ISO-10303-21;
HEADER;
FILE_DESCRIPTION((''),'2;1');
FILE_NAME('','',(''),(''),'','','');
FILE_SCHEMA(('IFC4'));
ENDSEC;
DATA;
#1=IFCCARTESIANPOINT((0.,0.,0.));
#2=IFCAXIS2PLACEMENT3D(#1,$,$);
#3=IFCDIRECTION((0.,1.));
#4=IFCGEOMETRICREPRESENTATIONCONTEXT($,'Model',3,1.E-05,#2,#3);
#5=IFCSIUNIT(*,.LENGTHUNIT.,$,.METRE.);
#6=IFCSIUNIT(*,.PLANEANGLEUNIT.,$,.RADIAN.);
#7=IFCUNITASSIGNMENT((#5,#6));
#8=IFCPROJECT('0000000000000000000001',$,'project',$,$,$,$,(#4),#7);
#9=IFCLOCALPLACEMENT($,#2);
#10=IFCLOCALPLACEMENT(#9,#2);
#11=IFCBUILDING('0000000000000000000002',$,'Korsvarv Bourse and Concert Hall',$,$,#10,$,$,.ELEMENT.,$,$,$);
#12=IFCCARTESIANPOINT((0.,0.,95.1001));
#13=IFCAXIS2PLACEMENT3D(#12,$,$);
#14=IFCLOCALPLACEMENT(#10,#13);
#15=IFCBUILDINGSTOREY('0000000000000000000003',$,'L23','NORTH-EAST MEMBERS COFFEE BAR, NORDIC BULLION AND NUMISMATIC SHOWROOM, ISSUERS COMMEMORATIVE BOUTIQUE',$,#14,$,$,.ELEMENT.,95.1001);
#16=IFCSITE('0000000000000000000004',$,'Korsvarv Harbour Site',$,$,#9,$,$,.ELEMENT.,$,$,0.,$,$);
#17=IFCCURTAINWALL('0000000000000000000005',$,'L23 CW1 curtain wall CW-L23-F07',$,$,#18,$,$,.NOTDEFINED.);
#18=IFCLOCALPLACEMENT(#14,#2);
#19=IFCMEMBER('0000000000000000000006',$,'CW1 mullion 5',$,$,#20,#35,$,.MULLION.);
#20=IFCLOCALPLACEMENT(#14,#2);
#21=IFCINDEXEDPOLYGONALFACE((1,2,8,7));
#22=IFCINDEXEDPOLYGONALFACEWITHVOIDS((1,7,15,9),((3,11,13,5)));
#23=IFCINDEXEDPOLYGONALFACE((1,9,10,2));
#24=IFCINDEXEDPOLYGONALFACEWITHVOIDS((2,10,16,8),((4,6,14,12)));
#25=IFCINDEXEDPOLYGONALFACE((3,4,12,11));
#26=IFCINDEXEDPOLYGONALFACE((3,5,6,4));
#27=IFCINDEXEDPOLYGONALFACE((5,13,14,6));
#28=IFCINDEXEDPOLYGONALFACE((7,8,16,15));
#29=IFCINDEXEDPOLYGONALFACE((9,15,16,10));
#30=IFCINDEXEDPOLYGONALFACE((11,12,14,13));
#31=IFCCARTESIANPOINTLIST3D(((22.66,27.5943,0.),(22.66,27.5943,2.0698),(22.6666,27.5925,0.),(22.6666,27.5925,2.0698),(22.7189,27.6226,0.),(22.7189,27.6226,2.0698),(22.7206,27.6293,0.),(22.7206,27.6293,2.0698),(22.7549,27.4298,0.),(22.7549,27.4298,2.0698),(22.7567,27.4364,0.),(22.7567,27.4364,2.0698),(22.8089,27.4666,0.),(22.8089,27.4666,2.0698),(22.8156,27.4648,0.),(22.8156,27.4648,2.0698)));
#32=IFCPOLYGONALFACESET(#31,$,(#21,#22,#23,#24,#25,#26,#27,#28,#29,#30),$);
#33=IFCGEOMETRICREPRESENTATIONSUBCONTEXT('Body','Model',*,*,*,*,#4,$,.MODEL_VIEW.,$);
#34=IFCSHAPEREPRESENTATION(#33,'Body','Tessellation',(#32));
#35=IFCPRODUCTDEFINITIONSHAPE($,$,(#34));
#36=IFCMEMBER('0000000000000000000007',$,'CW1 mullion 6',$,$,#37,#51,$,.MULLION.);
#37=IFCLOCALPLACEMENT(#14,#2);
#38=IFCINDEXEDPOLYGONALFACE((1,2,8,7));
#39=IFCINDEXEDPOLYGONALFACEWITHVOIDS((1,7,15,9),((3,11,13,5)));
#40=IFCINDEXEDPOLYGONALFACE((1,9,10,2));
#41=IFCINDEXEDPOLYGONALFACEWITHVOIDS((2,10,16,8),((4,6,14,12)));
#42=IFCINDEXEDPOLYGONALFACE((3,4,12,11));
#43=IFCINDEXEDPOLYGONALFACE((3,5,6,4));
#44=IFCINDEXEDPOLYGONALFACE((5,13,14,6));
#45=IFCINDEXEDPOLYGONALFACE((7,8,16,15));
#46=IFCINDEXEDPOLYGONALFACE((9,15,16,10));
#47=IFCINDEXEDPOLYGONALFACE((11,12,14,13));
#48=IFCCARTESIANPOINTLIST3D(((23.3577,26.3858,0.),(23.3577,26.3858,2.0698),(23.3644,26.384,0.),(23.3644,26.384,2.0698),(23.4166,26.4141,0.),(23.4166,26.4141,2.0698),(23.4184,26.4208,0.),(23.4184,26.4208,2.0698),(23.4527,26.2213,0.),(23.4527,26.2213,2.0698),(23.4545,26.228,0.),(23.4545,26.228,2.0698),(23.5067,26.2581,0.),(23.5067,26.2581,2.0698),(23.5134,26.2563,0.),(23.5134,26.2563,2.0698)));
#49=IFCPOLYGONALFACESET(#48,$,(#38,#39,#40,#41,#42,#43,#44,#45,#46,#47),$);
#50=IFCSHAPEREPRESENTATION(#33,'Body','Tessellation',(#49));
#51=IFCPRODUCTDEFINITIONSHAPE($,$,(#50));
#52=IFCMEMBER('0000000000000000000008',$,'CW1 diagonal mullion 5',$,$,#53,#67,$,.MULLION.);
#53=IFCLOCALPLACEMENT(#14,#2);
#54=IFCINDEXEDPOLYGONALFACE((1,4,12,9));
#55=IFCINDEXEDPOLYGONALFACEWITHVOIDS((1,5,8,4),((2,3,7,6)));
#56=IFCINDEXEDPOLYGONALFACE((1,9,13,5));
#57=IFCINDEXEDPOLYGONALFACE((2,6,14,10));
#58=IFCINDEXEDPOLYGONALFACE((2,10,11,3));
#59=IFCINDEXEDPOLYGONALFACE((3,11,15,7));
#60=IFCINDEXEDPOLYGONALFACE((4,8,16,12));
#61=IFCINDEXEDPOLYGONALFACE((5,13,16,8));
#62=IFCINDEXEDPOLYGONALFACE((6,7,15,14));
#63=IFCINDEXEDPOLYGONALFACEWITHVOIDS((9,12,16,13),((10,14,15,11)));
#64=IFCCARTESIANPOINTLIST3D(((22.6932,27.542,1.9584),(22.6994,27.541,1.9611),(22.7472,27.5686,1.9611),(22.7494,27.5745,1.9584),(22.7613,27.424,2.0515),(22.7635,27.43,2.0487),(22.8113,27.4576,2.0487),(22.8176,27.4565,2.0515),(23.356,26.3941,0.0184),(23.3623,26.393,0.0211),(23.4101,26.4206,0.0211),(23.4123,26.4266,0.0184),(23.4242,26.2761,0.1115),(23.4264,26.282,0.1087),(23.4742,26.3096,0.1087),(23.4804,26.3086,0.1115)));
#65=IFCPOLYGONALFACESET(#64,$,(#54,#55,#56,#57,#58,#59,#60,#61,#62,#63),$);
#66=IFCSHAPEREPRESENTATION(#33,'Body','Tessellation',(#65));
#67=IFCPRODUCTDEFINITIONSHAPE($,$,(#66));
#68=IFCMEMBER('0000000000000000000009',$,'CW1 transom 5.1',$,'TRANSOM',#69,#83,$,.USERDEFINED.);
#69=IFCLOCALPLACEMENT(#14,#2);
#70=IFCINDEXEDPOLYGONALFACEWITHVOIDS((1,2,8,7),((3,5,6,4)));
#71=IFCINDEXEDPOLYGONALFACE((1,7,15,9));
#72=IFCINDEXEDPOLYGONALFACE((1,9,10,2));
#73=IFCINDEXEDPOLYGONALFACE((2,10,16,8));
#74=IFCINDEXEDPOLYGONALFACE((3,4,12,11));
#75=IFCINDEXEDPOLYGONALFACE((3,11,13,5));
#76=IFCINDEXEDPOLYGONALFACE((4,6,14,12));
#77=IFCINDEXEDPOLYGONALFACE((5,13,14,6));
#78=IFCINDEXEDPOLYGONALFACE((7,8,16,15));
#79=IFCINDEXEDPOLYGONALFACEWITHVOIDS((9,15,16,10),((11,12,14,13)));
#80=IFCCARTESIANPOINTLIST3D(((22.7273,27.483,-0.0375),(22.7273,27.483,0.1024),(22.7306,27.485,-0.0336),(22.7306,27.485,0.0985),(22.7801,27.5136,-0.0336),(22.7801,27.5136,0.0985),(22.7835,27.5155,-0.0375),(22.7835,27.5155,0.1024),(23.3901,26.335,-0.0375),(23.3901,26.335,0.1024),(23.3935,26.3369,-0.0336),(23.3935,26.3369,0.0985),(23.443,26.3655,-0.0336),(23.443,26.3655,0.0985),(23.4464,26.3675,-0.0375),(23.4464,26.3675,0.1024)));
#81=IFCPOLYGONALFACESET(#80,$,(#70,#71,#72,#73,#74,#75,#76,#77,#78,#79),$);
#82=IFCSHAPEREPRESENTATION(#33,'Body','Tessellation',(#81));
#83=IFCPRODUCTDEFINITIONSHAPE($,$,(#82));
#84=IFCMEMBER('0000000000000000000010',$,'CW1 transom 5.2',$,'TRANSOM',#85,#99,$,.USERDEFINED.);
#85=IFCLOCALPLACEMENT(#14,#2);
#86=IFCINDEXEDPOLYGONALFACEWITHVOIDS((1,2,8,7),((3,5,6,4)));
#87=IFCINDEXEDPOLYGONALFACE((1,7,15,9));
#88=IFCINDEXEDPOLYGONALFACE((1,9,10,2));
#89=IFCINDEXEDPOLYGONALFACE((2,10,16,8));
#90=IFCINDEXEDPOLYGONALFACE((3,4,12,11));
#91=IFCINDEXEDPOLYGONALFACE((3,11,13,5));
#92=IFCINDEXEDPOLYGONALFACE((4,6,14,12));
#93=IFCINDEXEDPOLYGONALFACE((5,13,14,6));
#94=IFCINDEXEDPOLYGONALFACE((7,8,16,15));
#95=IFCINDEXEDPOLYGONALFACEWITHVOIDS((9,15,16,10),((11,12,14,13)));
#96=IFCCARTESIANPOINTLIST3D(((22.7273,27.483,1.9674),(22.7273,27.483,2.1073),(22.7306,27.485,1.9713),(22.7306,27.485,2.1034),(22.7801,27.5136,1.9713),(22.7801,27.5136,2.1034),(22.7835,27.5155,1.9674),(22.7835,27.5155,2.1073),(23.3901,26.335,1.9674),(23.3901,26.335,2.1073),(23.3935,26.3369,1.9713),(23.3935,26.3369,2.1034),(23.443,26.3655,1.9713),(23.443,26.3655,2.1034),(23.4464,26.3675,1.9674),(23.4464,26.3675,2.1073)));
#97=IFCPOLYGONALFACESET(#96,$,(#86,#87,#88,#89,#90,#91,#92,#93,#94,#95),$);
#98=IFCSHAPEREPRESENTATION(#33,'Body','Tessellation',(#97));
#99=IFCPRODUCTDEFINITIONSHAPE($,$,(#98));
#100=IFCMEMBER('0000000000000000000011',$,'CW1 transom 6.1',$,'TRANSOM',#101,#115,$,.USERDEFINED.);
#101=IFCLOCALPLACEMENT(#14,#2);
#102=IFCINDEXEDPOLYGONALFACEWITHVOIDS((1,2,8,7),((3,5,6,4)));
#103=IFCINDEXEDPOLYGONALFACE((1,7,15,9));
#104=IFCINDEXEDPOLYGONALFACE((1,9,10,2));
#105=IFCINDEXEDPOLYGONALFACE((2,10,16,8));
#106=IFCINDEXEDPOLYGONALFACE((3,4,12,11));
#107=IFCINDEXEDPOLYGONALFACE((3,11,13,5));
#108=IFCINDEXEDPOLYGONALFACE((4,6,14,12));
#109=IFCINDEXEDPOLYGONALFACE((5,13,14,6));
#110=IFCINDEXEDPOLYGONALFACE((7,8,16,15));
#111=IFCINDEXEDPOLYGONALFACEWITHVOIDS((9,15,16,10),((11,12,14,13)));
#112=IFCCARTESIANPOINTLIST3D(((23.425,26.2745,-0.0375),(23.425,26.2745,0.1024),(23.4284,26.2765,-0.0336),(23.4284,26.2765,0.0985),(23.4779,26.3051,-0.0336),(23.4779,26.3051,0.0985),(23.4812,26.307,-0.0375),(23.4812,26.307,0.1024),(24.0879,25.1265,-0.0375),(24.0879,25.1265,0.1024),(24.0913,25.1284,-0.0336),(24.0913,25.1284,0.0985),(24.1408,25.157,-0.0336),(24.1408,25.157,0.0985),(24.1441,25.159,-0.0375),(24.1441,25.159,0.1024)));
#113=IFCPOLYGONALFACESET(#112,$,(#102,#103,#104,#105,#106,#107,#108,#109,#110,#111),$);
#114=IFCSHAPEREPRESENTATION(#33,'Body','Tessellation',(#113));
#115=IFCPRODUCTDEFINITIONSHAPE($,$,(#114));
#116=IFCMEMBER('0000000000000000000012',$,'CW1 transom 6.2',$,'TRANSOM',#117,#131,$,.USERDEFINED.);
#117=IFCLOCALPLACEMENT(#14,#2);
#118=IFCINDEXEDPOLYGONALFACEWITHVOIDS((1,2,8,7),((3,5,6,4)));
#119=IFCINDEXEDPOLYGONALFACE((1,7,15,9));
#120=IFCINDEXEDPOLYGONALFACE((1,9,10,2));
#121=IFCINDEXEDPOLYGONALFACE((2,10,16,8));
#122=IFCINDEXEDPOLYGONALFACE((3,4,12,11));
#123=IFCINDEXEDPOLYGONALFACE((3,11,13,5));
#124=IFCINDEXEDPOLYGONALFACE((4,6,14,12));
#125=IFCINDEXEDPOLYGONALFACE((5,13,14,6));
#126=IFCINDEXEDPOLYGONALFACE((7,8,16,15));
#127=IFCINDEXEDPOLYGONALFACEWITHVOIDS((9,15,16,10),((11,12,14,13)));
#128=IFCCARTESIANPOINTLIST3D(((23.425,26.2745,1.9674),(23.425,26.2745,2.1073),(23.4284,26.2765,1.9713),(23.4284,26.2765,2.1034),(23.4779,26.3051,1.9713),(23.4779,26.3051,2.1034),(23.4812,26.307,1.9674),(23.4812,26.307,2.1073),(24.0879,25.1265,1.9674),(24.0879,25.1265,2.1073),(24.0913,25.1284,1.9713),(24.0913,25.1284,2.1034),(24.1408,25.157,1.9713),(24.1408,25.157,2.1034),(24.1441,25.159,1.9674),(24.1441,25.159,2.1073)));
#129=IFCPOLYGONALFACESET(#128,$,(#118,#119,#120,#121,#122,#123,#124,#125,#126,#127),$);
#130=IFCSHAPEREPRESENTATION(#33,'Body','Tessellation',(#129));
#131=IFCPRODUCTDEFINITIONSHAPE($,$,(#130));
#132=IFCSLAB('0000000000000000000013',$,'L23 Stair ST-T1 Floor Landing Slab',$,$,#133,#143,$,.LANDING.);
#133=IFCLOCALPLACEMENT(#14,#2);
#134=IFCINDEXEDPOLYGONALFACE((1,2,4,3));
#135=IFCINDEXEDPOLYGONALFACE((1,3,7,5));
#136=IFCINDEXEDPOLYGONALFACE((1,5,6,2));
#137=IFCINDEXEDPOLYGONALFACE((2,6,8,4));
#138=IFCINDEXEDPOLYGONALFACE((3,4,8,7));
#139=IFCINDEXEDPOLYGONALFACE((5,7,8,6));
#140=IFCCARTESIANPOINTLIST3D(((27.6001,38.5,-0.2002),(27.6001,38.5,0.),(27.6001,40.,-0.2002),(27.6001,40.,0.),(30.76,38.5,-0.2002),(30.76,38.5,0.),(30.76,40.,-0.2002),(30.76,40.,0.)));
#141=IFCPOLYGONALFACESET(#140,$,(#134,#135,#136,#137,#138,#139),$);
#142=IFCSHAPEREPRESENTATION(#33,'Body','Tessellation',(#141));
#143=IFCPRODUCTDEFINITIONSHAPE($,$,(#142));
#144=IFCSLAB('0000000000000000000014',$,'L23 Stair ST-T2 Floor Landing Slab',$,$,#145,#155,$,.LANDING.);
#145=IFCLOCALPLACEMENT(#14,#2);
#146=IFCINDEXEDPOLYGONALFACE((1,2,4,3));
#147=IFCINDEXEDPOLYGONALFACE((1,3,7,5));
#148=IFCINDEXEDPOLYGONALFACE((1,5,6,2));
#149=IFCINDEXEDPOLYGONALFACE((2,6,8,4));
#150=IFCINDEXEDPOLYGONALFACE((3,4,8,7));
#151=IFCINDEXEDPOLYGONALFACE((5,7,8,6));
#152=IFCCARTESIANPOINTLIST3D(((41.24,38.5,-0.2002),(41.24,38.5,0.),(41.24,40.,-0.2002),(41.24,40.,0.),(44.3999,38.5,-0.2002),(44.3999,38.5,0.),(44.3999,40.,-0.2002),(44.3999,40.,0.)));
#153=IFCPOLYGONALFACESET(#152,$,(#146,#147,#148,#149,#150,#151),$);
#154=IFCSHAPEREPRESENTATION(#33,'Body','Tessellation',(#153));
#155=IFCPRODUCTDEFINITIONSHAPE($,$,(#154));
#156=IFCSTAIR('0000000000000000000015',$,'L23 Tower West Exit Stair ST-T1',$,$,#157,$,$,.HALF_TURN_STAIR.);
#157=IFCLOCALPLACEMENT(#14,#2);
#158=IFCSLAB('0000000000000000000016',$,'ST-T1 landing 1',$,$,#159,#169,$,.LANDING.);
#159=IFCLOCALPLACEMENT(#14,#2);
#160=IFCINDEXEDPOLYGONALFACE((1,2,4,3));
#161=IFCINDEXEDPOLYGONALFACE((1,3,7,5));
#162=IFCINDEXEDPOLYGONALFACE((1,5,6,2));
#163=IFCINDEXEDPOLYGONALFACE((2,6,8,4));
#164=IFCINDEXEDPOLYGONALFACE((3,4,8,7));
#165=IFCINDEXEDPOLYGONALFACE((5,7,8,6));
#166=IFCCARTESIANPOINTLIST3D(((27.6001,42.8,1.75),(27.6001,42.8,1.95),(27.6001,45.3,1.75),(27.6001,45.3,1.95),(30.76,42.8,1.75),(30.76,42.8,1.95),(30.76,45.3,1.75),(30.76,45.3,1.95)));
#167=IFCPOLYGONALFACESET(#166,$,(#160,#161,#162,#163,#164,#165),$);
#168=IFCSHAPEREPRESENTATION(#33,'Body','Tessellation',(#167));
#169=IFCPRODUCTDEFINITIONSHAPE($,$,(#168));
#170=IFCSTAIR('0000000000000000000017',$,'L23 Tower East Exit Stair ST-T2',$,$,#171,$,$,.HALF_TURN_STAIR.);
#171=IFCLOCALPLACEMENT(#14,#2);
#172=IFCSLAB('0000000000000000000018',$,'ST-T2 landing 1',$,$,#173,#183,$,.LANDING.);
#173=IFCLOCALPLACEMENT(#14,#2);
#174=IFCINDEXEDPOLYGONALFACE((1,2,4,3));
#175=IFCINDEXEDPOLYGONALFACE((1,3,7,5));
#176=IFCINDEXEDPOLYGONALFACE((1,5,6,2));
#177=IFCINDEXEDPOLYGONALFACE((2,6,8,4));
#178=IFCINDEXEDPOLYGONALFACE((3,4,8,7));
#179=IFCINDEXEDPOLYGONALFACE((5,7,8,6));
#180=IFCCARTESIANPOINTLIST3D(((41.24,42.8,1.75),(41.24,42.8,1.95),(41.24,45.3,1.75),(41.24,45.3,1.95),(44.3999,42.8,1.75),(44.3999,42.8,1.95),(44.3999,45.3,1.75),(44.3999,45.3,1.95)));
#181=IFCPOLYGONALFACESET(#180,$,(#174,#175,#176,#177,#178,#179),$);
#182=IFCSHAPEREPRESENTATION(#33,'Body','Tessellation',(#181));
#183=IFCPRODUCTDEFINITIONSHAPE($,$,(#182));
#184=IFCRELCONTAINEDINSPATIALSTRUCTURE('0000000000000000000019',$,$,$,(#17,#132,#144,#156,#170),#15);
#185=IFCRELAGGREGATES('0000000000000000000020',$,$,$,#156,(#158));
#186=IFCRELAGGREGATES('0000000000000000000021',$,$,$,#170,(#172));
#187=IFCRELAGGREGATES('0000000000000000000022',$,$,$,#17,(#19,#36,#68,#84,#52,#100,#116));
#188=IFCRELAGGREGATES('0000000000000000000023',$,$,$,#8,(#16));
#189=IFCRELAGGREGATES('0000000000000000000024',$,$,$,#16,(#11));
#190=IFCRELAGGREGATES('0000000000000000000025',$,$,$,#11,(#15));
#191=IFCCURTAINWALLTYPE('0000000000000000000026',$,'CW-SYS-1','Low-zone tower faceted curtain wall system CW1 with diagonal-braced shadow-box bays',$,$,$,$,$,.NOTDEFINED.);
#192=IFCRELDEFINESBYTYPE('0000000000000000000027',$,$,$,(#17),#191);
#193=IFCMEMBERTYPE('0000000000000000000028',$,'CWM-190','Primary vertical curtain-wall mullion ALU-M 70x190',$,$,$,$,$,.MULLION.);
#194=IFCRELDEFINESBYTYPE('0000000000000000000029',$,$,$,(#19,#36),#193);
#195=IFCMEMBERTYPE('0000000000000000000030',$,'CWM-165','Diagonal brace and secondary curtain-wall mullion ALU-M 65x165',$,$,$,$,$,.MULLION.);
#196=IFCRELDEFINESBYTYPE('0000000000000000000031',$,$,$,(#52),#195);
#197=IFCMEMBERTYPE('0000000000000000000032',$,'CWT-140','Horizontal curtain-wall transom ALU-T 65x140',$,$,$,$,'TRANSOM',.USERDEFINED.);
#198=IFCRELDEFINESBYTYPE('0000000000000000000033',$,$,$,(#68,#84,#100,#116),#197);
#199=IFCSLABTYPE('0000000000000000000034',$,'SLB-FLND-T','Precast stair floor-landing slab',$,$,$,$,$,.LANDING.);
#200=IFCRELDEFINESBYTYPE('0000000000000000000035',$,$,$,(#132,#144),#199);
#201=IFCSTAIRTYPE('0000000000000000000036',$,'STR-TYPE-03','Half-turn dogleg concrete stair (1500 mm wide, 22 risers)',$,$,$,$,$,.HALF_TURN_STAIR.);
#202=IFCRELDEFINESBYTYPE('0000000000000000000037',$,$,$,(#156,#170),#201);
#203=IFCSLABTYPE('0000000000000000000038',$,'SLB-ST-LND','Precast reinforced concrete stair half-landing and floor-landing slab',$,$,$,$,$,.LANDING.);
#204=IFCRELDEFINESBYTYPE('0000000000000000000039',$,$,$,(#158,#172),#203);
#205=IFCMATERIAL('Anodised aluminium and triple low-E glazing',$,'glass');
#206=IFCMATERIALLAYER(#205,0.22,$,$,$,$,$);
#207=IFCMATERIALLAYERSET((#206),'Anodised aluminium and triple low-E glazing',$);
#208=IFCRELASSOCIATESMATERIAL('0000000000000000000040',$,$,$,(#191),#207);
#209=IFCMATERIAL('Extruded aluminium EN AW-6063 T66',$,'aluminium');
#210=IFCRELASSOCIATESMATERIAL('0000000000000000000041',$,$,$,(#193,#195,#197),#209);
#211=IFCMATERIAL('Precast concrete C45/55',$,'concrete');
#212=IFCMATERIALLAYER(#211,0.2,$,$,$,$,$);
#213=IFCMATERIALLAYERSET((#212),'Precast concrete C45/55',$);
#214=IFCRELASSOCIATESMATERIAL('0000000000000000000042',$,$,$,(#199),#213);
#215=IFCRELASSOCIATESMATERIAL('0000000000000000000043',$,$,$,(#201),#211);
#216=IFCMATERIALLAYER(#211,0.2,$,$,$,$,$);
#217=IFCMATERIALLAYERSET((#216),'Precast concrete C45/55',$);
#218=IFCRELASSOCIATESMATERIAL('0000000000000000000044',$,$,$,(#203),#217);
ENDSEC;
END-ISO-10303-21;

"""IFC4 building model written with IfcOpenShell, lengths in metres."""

from ifc_helpers import new_model, si_unit, direction, frame, origin, origin_2d, place, context, subcontext, project, spatial, polyline, hollow_rectangle, outline, extrude, source, transform, mapped, material, layer, layer_set, material_profile, profile_set, type_object, element, aggregate, save


model = new_model("IFC4")

# Units and contexts
model_context = context("Model", 3, precision=1e-05, world=origin(), true_north=direction((0.0, 1.0)))
body_context = subcontext(model_context, "Body", "Model", "MODEL_VIEW")
ifc_project = project(units=[si_unit("LENGTHUNIT", "METRE"), si_unit("PLANEANGLEUNIT", "RADIAN")], contexts=[model_context])

# Site, building, storey
site_placement = place(None, origin())
site = spatial("IfcSite", under=ifc_project, at=site_placement, Name="Korsvarv Harbour Site", CompositionType="ELEMENT", RefElevation=0.0)
building_placement = place(site_placement, origin())
building = spatial("IfcBuilding", under=site, at=building_placement, Name="Korsvarv Bourse and Concert Hall", CompositionType="ELEMENT")
storey_placement = place(building_placement, frame((0.0, 0.0, 95.1001)))
storey = spatial("IfcBuildingStorey", under=building, at=storey_placement, Name="L23", Description="NORTH-EAST MEMBERS COFFEE BAR, NORDIC BULLION AND NUMISMATIC SHOWROOM, ISSUERS COMMEMORATIVE BOUTIQUE", CompositionType="ELEMENT", Elevation=95.1001)

# Curtain wall, members
ifc_material_1 = material(Name="Anodised aluminium and triple low-E glazing", Category="glass")
ifc_layer_1 = layer(ifc_material_1, 0.22)
ifc_layer_set_1 = layer_set([ifc_layer_1], Name="Anodised aluminium and triple low-E glazing")
curtain_wall_type = type_object("IfcCurtainWallType", Name="CW-SYS-1", Description="Low-zone tower faceted curtain wall system CW1 with diagonal-braced shadow-box bays", PredefinedType="NOTDEFINED", material=ifc_layer_set_1)
curtain_wall_placement = place(storey_placement, origin())
curtain_wall = element("IfcCurtainWall", 1, at=curtain_wall_placement, inside=storey, type_object=curtain_wall_type, Name="L23 CW1 curtain wall CW-L23-F07", PredefinedType="NOTDEFINED")
ifc_material_2 = material(Name="Extruded aluminium EN AW-6063 T66", Category="aluminium")
ifc_material_profile_1 = material_profile(ifc_material_2, hollow_rectangle(XDim=0.0701, YDim=0.1899, WallThickness=0.0049, at=origin_2d()), Name="ALU-M 70x190")
ifc_profile_set_1 = profile_set([ifc_material_profile_1], Name="Extruded aluminium EN AW-6063 T66")
member_type_1 = type_object("IfcMemberType", Name="CWM-190", Description="Primary vertical curtain-wall mullion ALU-M 70x190", PredefinedType="MULLION", material=ifc_profile_set_1)
shared_shape_1 = source(origin(), body_context, "Body", "SweptSolid", [
    extrude(hollow_rectangle(XDim=0.0701, YDim=0.1899, WallThickness=0.0049, at=origin_2d()), origin(), (0.0, 0.0, 1.0), 2.0698),
])
member_1_placement = place(storey_placement, frame((22.7378, 27.5295, 0.0), z_axis=(0.0, 0.0, 1.0), x_axis=(0.866026, 0.499999, 0.0)))
member_1 = element("IfcMember", 2, at=member_1_placement, type_object=member_type_1, Name="CW1 mullion 5", PredefinedType="MULLION", context=body_context, shape_type="MappedRepresentation", body=[
    mapped(shared_shape_1, transform((0.0, 0.0, 0.0), scale=1.0)),
])
member_2_placement = place(storey_placement, frame((23.4355, 26.321, 0.0), z_axis=(0.0, 0.0, 1.0), x_axis=(0.866026, 0.499999, 0.0)))
member_2 = element("IfcMember", 3, at=member_2_placement, type_object=member_type_1, Name="CW1 mullion 6", PredefinedType="MULLION", context=body_context, shape_type="MappedRepresentation", body=[
    mapped(shared_shape_1, transform((0.0, 0.0, 0.0), scale=1.0)),
])
ifc_material_profile_2 = material_profile(ifc_material_2, hollow_rectangle(XDim=0.0649, YDim=0.165, WallThickness=0.0049, at=origin_2d()), Name="ALU-M 65x165")
ifc_profile_set_2 = profile_set([ifc_material_profile_2], Name="Extruded aluminium EN AW-6063 T66")
member_type_2 = type_object("IfcMemberType", Name="CWM-165", Description="Diagonal brace and secondary curtain-wall mullion ALU-M 65x165", PredefinedType="MULLION", material=ifc_profile_set_2)
shared_shape_2 = source(origin(), body_context, "Body", "SweptSolid", [
    extrude(hollow_rectangle(XDim=0.0649, YDim=0.165, WallThickness=0.0049, at=origin_2d()), origin(), (0.0, 0.0, 1.0), 2.3496),
])
member_3_placement = place(storey_placement, frame((23.4182, 26.3513, 0.0649), z_axis=(-0.282111, 0.488577, 0.825655), x_axis=(-0.866002, -0.500041, 0.0)))
member_3 = element("IfcMember", 4, at=member_3_placement, type_object=member_type_2, Name="CW1 diagonal mullion 5", PredefinedType="MULLION", context=body_context, shape_type="MappedRepresentation", body=[
    mapped(shared_shape_2, transform((0.0, 0.0, 0.0), scale=1.0)),
])
ifc_material_profile_3 = material_profile(ifc_material_2, hollow_rectangle(XDim=0.0649, YDim=0.1399, WallThickness=0.0039, at=origin_2d()), Name="ALU-T 65x140")
ifc_profile_set_3 = profile_set([ifc_material_profile_3], Name="Extruded aluminium EN AW-6063 T66")
member_type_3 = type_object("IfcMemberType", Name="CWT-140", Description="Horizontal curtain-wall transom ALU-T 65x140", ElementType="TRANSOM", PredefinedType="USERDEFINED", material=ifc_profile_set_3)
shared_shape_3 = source(origin(), body_context, "Body", "SweptSolid", [
    extrude(hollow_rectangle(XDim=0.0649, YDim=0.1399, WallThickness=0.0039, at=origin_2d()), origin(), (0.0, 0.0, 1.0), 1.3257),
])
member_4_placement = place(storey_placement, frame((22.7554, 27.4993, 0.0325), z_axis=(0.500041, -0.866002, 0.0), x_axis=(0.866002, 0.500041, 0.0)))
member_4 = element("IfcMember", 5, at=member_4_placement, type_object=member_type_3, Name="CW1 transom 5.1", ObjectType="TRANSOM", PredefinedType="USERDEFINED", context=body_context, shape_type="MappedRepresentation", body=[
    mapped(shared_shape_3, transform((0.0, 0.0, 0.0), scale=1.0)),
])
member_5_placement = place(storey_placement, frame((22.7554, 27.4993, 2.0374), z_axis=(0.500041, -0.866002, 0.0), x_axis=(0.866002, 0.500041, 0.0)))
member_5 = element("IfcMember", 6, at=member_5_placement, type_object=member_type_3, Name="CW1 transom 5.2", ObjectType="TRANSOM", PredefinedType="USERDEFINED", context=body_context, shape_type="MappedRepresentation", body=[
    mapped(shared_shape_3, transform((0.0, 0.0, 0.0), scale=1.0)),
])
member_6_placement = place(storey_placement, frame((23.4531, 26.2908, 0.0325), z_axis=(0.500041, -0.866002, 0.0), x_axis=(0.866002, 0.500041, 0.0)))
member_6 = element("IfcMember", 7, at=member_6_placement, type_object=member_type_3, Name="CW1 transom 6.1", ObjectType="TRANSOM", PredefinedType="USERDEFINED", context=body_context, shape_type="MappedRepresentation", body=[
    mapped(shared_shape_3, transform((0.0, 0.0, 0.0), scale=1.0)),
])
member_7_placement = place(storey_placement, frame((23.4531, 26.2908, 2.0374), z_axis=(0.500041, -0.866002, 0.0), x_axis=(0.866002, 0.500041, 0.0)))
member_7 = element("IfcMember", 8, at=member_7_placement, type_object=member_type_3, Name="CW1 transom 6.2", ObjectType="TRANSOM", PredefinedType="USERDEFINED", context=body_context, shape_type="MappedRepresentation", body=[
    mapped(shared_shape_3, transform((0.0, 0.0, 0.0), scale=1.0)),
])

# Slabs
ifc_material_3 = material(Name="Precast concrete C45/55", Category="concrete")
ifc_layer_2 = layer(ifc_material_3, 0.2)
ifc_layer_set_2 = layer_set([ifc_layer_2], Name="Precast concrete C45/55")
slab_type_1 = type_object("IfcSlabType", Name="SLB-FLND-T", Description="Precast stair floor-landing slab", PredefinedType="LANDING", material=ifc_layer_set_2)
slab_1_placement = place(storey_placement, frame((0.0, 0.0, -0.2002)))
element("IfcSlab", 9, at=slab_1_placement, inside=storey, type_object=slab_type_1, Name="L23 Stair ST-T1 Floor Landing Slab", PredefinedType="LANDING", context=body_context, shape_type="SweptSolid", body=[
    extrude(outline(polyline([(30.76, 38.5), (30.76, 40.0), (27.6001, 40.0), (27.6001, 38.5), (30.76, 38.5)])), origin(), (0.0, 0.0, 1.0), 0.2002),
])
slab_2_placement = place(storey_placement, frame((0.0, 0.0, -0.2002)))
element("IfcSlab", 10, at=slab_2_placement, inside=storey, type_object=slab_type_1, Name="L23 Stair ST-T2 Floor Landing Slab", PredefinedType="LANDING", context=body_context, shape_type="SweptSolid", body=[
    extrude(outline(polyline([(44.3999, 38.5), (44.3999, 40.0), (41.24, 40.0), (41.24, 38.5), (44.3999, 38.5)])), origin(), (0.0, 0.0, 1.0), 0.2002),
])

# Stairs, slabs
stair_type = type_object("IfcStairType", Name="STR-TYPE-03", Description="Half-turn dogleg concrete stair (1500 mm wide, 22 risers)", PredefinedType="HALF_TURN_STAIR", material=ifc_material_3)
stair_1_placement = place(storey_placement, origin())
stair_1 = element("IfcStair", 11, at=stair_1_placement, inside=storey, type_object=stair_type, Name="L23 Tower West Exit Stair ST-T1", PredefinedType="HALF_TURN_STAIR")
ifc_layer_3 = layer(ifc_material_3, 0.2)
ifc_layer_set_3 = layer_set([ifc_layer_3], Name="Precast concrete C45/55")
slab_type_2 = type_object("IfcSlabType", Name="SLB-ST-LND", Description="Precast reinforced concrete stair half-landing and floor-landing slab", PredefinedType="LANDING", material=ifc_layer_set_3)
slab_3_placement = place(storey_placement, frame((0.0, 0.0, 1.75)))
slab_3 = element("IfcSlab", 12, at=slab_3_placement, type_object=slab_type_2, Name="ST-T1 landing 1", PredefinedType="LANDING", context=body_context, shape_type="SweptSolid", body=[
    extrude(outline(polyline([(30.76, 42.8), (30.76, 45.3), (27.6001, 45.3), (27.6001, 42.8), (30.76, 42.8)])), origin(), (0.0, 0.0, 1.0), 0.2),
])
aggregate(stair_1, [slab_3])
stair_2_placement = place(storey_placement, origin())
stair_2 = element("IfcStair", 13, at=stair_2_placement, inside=storey, type_object=stair_type, Name="L23 Tower East Exit Stair ST-T2", PredefinedType="HALF_TURN_STAIR")
slab_4_placement = place(storey_placement, frame((0.0, 0.0, 1.75)))
slab_4 = element("IfcSlab", 14, at=slab_4_placement, type_object=slab_type_2, Name="ST-T2 landing 1", PredefinedType="LANDING", context=body_context, shape_type="SweptSolid", body=[
    extrude(outline(polyline([(44.3999, 42.8), (44.3999, 45.3), (41.24, 45.3), (41.24, 42.8), (44.3999, 42.8)])), origin(), (0.0, 0.0, 1.0), 0.2),
])
aggregate(stair_2, [slab_4])

aggregate(curtain_wall, [member_1, member_2, member_4, member_5, member_3, member_6, member_7])

save(model, "model.ifc")
